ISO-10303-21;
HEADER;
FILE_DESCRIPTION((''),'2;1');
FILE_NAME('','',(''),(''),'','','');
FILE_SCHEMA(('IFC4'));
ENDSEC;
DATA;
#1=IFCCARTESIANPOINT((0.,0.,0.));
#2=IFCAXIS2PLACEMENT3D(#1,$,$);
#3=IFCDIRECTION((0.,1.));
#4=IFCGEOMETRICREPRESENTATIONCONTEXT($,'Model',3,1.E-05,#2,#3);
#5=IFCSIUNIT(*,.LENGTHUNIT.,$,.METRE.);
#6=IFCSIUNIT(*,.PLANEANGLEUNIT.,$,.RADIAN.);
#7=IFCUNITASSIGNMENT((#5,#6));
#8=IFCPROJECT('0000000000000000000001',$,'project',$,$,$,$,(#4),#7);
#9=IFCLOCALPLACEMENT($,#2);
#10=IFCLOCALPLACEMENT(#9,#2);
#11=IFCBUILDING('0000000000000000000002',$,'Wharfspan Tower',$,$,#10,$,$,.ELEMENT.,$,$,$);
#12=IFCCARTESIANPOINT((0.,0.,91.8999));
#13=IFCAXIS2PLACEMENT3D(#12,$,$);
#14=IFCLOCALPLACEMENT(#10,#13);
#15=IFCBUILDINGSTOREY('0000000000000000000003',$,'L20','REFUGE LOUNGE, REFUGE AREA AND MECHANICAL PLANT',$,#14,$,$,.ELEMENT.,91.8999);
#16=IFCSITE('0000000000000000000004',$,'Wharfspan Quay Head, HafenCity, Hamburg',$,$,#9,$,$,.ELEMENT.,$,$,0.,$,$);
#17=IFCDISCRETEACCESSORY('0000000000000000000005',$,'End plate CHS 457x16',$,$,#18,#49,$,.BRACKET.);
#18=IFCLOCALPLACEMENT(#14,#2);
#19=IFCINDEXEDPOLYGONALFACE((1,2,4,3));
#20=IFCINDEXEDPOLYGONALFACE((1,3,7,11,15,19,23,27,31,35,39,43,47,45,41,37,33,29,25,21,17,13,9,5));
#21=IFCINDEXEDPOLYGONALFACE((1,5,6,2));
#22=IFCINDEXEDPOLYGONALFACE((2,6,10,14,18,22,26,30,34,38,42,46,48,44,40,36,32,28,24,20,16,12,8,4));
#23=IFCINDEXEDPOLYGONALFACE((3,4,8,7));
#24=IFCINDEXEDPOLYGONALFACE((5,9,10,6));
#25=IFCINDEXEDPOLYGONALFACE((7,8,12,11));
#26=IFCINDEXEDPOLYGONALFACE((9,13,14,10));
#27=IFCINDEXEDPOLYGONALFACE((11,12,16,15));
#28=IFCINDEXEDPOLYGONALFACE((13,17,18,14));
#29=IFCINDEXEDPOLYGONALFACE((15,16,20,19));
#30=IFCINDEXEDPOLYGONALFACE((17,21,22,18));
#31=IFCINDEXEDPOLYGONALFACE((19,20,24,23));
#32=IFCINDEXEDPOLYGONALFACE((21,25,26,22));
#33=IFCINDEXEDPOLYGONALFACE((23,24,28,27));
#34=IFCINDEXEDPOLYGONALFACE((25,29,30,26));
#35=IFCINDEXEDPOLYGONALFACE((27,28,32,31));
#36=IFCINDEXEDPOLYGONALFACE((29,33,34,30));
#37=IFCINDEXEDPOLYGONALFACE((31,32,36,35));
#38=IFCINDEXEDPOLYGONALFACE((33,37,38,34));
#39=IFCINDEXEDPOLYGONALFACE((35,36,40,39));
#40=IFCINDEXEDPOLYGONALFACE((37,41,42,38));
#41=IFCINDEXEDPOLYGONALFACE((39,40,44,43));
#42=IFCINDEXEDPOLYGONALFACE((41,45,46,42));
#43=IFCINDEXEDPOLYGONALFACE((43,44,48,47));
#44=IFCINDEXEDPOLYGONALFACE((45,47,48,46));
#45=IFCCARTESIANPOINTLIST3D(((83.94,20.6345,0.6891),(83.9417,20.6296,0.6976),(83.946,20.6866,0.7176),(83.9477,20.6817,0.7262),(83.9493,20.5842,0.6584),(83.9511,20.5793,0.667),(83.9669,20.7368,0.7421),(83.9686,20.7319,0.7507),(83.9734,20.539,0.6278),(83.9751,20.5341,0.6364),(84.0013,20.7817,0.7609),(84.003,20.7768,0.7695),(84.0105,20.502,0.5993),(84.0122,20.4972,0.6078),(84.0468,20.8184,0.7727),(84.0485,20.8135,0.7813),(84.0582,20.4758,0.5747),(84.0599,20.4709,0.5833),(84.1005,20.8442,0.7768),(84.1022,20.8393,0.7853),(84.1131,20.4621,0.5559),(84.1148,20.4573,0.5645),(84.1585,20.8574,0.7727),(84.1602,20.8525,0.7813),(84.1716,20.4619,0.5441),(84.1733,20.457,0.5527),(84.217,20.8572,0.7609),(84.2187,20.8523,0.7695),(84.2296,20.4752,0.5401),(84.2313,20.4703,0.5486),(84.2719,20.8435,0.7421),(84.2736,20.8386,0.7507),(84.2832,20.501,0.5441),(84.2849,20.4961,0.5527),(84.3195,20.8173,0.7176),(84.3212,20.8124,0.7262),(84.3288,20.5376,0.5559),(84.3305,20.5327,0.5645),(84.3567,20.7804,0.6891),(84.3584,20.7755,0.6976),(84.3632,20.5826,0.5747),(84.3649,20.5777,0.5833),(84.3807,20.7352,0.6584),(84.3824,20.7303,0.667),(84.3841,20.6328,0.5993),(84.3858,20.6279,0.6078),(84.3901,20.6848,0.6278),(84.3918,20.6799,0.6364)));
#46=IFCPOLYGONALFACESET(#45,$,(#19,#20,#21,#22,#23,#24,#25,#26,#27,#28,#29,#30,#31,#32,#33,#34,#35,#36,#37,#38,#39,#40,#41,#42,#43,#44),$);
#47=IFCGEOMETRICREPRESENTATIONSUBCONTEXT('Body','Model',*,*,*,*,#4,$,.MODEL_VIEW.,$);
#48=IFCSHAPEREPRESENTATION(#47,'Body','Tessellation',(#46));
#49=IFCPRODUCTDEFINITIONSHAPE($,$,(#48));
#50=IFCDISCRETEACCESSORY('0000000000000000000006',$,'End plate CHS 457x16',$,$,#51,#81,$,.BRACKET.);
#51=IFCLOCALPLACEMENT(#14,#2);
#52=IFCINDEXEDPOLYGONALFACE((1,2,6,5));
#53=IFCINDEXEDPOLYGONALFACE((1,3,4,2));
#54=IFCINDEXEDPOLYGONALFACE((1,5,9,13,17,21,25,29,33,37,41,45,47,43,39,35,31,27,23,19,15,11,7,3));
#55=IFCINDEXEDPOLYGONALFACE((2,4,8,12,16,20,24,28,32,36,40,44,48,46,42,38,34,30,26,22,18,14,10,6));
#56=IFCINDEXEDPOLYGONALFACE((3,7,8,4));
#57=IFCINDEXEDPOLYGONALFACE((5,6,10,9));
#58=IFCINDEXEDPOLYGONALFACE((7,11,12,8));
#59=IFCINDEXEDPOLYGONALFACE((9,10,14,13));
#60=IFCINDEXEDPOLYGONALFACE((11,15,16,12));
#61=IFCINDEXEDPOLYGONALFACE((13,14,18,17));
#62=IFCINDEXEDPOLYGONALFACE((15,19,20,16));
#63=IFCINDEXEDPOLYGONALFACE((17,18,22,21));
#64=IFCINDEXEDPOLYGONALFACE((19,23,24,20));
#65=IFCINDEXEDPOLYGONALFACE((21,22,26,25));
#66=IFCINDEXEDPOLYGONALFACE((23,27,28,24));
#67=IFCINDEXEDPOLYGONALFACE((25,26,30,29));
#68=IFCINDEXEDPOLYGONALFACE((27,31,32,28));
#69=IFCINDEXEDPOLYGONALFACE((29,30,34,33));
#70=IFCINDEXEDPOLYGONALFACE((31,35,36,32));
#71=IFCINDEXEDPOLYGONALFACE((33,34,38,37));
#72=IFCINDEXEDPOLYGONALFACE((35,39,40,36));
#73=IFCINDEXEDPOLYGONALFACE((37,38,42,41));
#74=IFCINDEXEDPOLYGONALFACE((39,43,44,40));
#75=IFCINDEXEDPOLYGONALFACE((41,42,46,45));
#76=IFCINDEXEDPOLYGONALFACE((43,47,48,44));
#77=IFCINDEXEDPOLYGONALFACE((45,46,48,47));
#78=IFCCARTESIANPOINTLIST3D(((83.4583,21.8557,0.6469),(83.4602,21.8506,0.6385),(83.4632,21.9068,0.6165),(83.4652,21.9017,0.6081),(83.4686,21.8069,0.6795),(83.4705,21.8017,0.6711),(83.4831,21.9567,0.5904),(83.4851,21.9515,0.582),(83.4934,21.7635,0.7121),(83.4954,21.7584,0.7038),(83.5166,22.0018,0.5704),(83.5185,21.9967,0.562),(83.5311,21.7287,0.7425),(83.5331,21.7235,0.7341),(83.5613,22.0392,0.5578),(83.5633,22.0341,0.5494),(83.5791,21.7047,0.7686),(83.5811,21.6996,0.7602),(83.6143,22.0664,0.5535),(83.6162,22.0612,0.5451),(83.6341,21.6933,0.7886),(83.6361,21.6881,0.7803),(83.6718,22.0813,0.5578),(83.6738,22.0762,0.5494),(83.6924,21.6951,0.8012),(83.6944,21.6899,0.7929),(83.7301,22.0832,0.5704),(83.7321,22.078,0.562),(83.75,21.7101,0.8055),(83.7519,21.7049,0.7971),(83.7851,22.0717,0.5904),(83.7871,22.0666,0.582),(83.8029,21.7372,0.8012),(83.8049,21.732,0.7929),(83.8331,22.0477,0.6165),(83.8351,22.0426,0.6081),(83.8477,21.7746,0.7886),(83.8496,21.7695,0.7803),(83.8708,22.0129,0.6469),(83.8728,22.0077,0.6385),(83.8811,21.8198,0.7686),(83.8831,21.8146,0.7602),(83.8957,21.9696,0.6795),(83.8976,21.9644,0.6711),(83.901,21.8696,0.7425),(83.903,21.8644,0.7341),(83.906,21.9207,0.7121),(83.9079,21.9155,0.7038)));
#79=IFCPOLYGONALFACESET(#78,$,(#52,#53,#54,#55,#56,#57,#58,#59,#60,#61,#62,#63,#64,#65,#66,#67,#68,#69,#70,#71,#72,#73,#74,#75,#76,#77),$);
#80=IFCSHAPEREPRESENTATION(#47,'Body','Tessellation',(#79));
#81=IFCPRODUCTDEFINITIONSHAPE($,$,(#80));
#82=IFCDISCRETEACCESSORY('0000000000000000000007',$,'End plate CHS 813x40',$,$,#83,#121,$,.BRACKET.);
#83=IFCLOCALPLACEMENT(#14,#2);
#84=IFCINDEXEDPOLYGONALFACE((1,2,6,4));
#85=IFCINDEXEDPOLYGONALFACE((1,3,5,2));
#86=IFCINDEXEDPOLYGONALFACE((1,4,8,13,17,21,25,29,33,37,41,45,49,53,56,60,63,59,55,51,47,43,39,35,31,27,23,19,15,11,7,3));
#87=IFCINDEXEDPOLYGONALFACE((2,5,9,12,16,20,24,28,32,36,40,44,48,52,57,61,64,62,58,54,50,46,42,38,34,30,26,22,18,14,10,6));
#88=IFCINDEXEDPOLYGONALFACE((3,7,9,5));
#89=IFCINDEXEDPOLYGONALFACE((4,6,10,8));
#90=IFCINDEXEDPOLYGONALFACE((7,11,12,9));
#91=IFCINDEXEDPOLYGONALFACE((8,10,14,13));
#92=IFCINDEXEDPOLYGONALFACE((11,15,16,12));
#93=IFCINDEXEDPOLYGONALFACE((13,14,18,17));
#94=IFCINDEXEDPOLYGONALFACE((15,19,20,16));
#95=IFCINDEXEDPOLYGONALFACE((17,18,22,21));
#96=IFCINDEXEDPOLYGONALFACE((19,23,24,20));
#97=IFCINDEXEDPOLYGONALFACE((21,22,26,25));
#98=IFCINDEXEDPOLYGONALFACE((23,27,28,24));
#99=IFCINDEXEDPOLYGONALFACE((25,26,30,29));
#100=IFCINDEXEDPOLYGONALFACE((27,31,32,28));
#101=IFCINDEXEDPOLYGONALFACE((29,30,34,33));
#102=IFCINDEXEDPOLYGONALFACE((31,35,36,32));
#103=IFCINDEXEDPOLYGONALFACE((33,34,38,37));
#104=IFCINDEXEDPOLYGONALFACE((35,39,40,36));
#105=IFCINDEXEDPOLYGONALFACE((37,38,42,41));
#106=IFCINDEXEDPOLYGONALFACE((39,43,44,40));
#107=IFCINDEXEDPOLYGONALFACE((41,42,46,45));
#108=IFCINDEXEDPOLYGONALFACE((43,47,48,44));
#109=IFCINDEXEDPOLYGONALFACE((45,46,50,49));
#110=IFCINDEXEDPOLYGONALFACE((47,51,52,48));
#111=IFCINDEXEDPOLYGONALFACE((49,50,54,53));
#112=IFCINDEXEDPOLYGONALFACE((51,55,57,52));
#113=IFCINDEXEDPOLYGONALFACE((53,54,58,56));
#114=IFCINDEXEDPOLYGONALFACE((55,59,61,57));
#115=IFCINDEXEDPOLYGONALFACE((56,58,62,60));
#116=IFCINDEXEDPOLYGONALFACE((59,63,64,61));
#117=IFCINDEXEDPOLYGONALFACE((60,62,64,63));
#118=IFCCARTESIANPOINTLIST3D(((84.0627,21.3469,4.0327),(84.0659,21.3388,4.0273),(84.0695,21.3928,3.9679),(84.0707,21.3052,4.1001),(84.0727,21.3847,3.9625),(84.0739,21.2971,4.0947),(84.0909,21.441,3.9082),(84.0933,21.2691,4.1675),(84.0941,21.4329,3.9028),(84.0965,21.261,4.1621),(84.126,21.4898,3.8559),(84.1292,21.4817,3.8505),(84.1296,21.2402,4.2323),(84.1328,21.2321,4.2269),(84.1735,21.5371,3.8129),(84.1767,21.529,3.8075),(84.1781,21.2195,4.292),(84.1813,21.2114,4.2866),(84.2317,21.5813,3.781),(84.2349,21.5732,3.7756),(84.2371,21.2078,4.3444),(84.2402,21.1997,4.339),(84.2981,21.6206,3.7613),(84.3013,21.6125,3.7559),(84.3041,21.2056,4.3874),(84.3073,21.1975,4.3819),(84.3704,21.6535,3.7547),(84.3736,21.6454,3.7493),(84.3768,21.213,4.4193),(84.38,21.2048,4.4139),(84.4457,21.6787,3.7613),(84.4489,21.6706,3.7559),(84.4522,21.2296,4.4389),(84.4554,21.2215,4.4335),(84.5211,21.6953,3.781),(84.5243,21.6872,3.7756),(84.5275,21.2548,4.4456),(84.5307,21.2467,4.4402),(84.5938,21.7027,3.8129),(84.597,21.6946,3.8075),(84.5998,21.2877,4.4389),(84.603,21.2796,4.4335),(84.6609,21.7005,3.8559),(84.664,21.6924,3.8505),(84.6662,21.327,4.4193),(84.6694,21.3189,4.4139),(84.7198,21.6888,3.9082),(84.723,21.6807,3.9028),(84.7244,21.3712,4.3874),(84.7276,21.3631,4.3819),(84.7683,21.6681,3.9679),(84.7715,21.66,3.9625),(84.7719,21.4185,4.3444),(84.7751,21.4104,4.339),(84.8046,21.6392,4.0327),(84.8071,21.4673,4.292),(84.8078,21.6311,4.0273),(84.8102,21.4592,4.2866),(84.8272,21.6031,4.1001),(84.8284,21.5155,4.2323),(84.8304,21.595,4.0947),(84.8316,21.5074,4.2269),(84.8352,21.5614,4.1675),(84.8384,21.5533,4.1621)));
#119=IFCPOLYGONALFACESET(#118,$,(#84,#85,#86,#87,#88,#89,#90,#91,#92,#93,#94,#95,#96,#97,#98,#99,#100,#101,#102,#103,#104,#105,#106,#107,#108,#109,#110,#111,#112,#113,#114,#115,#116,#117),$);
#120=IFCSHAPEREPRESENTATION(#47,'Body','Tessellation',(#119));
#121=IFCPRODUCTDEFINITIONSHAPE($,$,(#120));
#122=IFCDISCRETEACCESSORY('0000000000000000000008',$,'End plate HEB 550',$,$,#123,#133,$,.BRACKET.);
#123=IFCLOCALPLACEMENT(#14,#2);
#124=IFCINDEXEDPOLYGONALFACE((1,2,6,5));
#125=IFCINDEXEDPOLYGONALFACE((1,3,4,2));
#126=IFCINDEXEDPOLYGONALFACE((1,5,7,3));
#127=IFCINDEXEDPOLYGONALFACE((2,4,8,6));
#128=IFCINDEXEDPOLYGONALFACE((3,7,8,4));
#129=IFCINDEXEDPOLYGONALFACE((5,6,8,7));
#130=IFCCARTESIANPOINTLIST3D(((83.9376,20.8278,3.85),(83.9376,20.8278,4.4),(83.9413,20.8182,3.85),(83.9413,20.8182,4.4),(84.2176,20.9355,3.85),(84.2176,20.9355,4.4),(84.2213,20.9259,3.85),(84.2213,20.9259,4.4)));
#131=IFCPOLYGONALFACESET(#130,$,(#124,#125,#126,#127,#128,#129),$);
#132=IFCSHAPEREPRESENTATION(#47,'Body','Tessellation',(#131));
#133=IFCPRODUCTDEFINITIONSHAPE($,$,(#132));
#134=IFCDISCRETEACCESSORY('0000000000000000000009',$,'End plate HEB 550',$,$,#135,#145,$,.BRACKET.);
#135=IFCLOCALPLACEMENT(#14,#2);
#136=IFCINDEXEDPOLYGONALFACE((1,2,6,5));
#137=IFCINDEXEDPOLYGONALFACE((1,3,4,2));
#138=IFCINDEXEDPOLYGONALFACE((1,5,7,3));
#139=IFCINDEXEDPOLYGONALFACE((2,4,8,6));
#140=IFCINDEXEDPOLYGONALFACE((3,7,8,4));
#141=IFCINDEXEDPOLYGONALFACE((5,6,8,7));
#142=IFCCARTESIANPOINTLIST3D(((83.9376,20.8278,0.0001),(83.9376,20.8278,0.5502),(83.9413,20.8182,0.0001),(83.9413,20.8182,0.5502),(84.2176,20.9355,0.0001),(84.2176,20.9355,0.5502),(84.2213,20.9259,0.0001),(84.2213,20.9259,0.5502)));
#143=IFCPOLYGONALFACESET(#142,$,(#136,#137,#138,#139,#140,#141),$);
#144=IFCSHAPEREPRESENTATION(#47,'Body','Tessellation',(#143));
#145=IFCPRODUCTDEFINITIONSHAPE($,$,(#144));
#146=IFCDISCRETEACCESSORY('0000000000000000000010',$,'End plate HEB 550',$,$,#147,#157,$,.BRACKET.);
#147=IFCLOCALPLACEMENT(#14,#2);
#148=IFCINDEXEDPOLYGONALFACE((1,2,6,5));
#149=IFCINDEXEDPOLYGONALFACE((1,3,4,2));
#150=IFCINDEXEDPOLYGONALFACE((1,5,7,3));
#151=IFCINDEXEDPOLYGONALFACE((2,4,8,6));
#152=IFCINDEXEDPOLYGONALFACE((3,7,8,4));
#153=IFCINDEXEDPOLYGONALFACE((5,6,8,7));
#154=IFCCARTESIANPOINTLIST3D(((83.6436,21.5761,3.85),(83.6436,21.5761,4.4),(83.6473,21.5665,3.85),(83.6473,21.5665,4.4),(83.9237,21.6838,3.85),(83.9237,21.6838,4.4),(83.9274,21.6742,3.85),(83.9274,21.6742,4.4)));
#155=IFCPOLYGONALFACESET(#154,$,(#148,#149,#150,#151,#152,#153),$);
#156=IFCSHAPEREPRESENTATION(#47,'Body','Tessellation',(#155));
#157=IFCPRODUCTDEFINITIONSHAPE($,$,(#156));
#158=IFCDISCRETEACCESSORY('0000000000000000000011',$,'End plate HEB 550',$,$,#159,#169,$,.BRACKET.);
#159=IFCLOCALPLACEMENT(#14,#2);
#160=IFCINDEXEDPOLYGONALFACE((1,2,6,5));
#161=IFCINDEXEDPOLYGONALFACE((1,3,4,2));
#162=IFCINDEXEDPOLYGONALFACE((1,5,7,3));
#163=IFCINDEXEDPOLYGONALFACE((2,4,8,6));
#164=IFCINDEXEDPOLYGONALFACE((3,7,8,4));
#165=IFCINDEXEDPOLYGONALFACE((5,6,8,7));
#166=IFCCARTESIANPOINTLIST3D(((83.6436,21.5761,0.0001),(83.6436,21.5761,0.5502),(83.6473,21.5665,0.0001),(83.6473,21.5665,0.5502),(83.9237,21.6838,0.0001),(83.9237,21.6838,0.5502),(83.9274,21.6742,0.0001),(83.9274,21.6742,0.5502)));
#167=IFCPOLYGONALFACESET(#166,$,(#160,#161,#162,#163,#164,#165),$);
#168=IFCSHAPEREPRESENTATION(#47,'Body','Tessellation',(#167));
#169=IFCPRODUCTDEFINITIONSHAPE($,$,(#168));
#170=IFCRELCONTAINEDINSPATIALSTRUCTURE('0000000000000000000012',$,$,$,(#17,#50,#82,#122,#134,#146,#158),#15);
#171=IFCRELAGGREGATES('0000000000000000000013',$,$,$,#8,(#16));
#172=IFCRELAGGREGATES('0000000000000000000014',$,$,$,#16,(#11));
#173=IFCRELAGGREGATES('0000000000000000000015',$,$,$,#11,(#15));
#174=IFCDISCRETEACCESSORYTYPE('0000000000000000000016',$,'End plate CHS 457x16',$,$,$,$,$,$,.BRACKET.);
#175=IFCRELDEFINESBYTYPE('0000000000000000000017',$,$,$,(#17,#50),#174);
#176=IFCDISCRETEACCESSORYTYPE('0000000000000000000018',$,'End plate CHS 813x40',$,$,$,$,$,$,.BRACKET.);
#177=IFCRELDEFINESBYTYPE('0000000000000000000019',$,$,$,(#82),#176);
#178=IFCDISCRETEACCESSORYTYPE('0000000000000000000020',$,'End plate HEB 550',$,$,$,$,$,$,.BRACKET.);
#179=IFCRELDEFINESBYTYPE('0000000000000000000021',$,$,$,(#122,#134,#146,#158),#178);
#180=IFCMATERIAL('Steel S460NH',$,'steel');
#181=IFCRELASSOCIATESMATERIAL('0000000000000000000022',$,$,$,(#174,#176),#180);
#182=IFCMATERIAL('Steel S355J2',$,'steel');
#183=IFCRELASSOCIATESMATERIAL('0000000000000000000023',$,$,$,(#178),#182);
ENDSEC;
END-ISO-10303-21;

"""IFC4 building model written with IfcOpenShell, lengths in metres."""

from ifc_helpers import new_model, si_unit, direction, frame, origin, origin_2d, place, context, subcontext, project, spatial, rectangle, circle, extrude, material, material_profile, profile_set, type_object, element, save


model = new_model("IFC4")

# Units and contexts
model_context = context("Model", 3, precision=1e-05, world=origin(), true_north=direction((0.0, 1.0)))
body_context = subcontext(model_context, "Body", "Model", "MODEL_VIEW")
ifc_project = project(units=[si_unit("LENGTHUNIT", "METRE"), si_unit("PLANEANGLEUNIT", "RADIAN")], contexts=[model_context])

# Site, building, storey
site_placement = place(None, origin())
site = spatial("IfcSite", under=ifc_project, at=site_placement, Name="Wharfspan Quay Head, HafenCity, Hamburg", CompositionType="ELEMENT", RefElevation=0.0)
building_placement = place(site_placement, origin())
building = spatial("IfcBuilding", under=site, at=building_placement, Name="Wharfspan Tower", CompositionType="ELEMENT")
storey_placement = place(building_placement, frame((0.0, 0.0, 91.8999)))
storey = spatial("IfcBuildingStorey", under=building, at=storey_placement, Name="L20", Description="REFUGE LOUNGE, REFUGE AREA AND MECHANICAL PLANT", CompositionType="ELEMENT", Elevation=91.8999)

# Shared definitions
ifc_material_1 = material(Name="Steel S355J2", Category="steel")

# Shared definitions
ifc_material_2 = material(Name="Steel S460NH", Category="steel")

# Discrete accessories
ifc_material_profile_1 = material_profile(ifc_material_2, circle(Radius=0.2285, at=origin_2d()))
ifc_profile_set_1 = profile_set([ifc_material_profile_1], Name="Steel S460NH")
discrete_accessory_type_1 = type_object("IfcDiscreteAccessoryType", Name="End plate CHS 457x16", PredefinedType="BRACKET", material=ifc_profile_set_1)
for number, where, z_axis, x_axis, name in (
    (1, (84.1667, 20.6548, 0.667), (-0.171088, 0.488824, -0.855442), (-0.94386, -0.330352, -0.000001), "End plate CHS 457x16"),
    (2, (83.6841, 21.8831, 0.6711), (-0.196293, 0.51527, 0.834246), (-0.934491, -0.355996, 0.0), "End plate CHS 457x16"),
):
    element("IfcDiscreteAccessory", number, at=place(storey_placement, frame(where, z_axis=z_axis, x_axis=x_axis)), inside=storey, type_object=discrete_accessory_type_1, Name=name, PredefinedType="BRACKET", context=body_context, shape_type="SweptSolid", body=[
        extrude(circle(Radius=0.2285, at=origin_2d()), origin(), (0.0, 0.0, 1.0), 0.01),
    ])
ifc_material_profile_2 = material_profile(ifc_material_2, circle(Radius=0.4065, at=origin_2d()))
ifc_profile_set_2 = profile_set([ifc_material_profile_2], Name="Steel S460NH")
discrete_accessory_type_2 = type_object("IfcDiscreteAccessoryType", Name="End plate CHS 813x40", PredefinedType="BRACKET", material=ifc_profile_set_2)
discrete_accessory_placement = place(storey_placement, frame((84.4521, 21.446, 4.0947), z_axis=(-0.311472, 0.79066, 0.527107), x_axis=(-0.93041, -0.366525, 0.0)))
element("IfcDiscreteAccessory", 3, at=discrete_accessory_placement, inside=storey, type_object=discrete_accessory_type_2, Name="End plate CHS 813x40", PredefinedType="BRACKET", context=body_context, shape_type="SweptSolid", body=[
    extrude(circle(Radius=0.4065, at=origin_2d()), origin(), (0.0, 0.0, 1.0), 0.0103),
])
ifc_material_profile_3 = material_profile(ifc_material_1, rectangle(XDim=0.3, YDim=0.55, at=origin_2d()))
ifc_profile_set_3 = profile_set([ifc_material_profile_3], Name="Steel S355J2")
discrete_accessory_type_3 = type_object("IfcDiscreteAccessoryType", Name="End plate HEB 550", PredefinedType="BRACKET", material=ifc_profile_set_3)
for number, where, z_axis, x_axis, name in (
    (4, (84.0813, 20.8721, 4.125), (-0.358979, 0.933346, 0.0), (-0.933346, -0.358979, 0.0), "End plate HEB 550"),
    (5, (84.0813, 20.8721, 0.2751), (-0.358979, 0.933346, 0.0), (-0.933346, -0.358979, 0.0), "End plate HEB 550"),
    (6, (83.7874, 21.6204, 4.125), (-0.358979, 0.933346, 0.0), (-0.933346, -0.358979, 0.0), "End plate HEB 550"),
    (7, (83.7874, 21.6204, 0.2751), (-0.358979, 0.933346, 0.0), (-0.933346, -0.358979, 0.0), "End plate HEB 550"),
):
    element("IfcDiscreteAccessory", number, at=place(storey_placement, frame(where, z_axis=z_axis, x_axis=x_axis)), inside=storey, type_object=discrete_accessory_type_3, Name=name, PredefinedType="BRACKET", context=body_context, shape_type="SweptSolid", body=[
        extrude(rectangle(XDim=0.3, YDim=0.55, at=origin_2d()), origin(), (0.0, 0.0, 1.0), 0.0103),
    ])

save(model, "model.ifc")
